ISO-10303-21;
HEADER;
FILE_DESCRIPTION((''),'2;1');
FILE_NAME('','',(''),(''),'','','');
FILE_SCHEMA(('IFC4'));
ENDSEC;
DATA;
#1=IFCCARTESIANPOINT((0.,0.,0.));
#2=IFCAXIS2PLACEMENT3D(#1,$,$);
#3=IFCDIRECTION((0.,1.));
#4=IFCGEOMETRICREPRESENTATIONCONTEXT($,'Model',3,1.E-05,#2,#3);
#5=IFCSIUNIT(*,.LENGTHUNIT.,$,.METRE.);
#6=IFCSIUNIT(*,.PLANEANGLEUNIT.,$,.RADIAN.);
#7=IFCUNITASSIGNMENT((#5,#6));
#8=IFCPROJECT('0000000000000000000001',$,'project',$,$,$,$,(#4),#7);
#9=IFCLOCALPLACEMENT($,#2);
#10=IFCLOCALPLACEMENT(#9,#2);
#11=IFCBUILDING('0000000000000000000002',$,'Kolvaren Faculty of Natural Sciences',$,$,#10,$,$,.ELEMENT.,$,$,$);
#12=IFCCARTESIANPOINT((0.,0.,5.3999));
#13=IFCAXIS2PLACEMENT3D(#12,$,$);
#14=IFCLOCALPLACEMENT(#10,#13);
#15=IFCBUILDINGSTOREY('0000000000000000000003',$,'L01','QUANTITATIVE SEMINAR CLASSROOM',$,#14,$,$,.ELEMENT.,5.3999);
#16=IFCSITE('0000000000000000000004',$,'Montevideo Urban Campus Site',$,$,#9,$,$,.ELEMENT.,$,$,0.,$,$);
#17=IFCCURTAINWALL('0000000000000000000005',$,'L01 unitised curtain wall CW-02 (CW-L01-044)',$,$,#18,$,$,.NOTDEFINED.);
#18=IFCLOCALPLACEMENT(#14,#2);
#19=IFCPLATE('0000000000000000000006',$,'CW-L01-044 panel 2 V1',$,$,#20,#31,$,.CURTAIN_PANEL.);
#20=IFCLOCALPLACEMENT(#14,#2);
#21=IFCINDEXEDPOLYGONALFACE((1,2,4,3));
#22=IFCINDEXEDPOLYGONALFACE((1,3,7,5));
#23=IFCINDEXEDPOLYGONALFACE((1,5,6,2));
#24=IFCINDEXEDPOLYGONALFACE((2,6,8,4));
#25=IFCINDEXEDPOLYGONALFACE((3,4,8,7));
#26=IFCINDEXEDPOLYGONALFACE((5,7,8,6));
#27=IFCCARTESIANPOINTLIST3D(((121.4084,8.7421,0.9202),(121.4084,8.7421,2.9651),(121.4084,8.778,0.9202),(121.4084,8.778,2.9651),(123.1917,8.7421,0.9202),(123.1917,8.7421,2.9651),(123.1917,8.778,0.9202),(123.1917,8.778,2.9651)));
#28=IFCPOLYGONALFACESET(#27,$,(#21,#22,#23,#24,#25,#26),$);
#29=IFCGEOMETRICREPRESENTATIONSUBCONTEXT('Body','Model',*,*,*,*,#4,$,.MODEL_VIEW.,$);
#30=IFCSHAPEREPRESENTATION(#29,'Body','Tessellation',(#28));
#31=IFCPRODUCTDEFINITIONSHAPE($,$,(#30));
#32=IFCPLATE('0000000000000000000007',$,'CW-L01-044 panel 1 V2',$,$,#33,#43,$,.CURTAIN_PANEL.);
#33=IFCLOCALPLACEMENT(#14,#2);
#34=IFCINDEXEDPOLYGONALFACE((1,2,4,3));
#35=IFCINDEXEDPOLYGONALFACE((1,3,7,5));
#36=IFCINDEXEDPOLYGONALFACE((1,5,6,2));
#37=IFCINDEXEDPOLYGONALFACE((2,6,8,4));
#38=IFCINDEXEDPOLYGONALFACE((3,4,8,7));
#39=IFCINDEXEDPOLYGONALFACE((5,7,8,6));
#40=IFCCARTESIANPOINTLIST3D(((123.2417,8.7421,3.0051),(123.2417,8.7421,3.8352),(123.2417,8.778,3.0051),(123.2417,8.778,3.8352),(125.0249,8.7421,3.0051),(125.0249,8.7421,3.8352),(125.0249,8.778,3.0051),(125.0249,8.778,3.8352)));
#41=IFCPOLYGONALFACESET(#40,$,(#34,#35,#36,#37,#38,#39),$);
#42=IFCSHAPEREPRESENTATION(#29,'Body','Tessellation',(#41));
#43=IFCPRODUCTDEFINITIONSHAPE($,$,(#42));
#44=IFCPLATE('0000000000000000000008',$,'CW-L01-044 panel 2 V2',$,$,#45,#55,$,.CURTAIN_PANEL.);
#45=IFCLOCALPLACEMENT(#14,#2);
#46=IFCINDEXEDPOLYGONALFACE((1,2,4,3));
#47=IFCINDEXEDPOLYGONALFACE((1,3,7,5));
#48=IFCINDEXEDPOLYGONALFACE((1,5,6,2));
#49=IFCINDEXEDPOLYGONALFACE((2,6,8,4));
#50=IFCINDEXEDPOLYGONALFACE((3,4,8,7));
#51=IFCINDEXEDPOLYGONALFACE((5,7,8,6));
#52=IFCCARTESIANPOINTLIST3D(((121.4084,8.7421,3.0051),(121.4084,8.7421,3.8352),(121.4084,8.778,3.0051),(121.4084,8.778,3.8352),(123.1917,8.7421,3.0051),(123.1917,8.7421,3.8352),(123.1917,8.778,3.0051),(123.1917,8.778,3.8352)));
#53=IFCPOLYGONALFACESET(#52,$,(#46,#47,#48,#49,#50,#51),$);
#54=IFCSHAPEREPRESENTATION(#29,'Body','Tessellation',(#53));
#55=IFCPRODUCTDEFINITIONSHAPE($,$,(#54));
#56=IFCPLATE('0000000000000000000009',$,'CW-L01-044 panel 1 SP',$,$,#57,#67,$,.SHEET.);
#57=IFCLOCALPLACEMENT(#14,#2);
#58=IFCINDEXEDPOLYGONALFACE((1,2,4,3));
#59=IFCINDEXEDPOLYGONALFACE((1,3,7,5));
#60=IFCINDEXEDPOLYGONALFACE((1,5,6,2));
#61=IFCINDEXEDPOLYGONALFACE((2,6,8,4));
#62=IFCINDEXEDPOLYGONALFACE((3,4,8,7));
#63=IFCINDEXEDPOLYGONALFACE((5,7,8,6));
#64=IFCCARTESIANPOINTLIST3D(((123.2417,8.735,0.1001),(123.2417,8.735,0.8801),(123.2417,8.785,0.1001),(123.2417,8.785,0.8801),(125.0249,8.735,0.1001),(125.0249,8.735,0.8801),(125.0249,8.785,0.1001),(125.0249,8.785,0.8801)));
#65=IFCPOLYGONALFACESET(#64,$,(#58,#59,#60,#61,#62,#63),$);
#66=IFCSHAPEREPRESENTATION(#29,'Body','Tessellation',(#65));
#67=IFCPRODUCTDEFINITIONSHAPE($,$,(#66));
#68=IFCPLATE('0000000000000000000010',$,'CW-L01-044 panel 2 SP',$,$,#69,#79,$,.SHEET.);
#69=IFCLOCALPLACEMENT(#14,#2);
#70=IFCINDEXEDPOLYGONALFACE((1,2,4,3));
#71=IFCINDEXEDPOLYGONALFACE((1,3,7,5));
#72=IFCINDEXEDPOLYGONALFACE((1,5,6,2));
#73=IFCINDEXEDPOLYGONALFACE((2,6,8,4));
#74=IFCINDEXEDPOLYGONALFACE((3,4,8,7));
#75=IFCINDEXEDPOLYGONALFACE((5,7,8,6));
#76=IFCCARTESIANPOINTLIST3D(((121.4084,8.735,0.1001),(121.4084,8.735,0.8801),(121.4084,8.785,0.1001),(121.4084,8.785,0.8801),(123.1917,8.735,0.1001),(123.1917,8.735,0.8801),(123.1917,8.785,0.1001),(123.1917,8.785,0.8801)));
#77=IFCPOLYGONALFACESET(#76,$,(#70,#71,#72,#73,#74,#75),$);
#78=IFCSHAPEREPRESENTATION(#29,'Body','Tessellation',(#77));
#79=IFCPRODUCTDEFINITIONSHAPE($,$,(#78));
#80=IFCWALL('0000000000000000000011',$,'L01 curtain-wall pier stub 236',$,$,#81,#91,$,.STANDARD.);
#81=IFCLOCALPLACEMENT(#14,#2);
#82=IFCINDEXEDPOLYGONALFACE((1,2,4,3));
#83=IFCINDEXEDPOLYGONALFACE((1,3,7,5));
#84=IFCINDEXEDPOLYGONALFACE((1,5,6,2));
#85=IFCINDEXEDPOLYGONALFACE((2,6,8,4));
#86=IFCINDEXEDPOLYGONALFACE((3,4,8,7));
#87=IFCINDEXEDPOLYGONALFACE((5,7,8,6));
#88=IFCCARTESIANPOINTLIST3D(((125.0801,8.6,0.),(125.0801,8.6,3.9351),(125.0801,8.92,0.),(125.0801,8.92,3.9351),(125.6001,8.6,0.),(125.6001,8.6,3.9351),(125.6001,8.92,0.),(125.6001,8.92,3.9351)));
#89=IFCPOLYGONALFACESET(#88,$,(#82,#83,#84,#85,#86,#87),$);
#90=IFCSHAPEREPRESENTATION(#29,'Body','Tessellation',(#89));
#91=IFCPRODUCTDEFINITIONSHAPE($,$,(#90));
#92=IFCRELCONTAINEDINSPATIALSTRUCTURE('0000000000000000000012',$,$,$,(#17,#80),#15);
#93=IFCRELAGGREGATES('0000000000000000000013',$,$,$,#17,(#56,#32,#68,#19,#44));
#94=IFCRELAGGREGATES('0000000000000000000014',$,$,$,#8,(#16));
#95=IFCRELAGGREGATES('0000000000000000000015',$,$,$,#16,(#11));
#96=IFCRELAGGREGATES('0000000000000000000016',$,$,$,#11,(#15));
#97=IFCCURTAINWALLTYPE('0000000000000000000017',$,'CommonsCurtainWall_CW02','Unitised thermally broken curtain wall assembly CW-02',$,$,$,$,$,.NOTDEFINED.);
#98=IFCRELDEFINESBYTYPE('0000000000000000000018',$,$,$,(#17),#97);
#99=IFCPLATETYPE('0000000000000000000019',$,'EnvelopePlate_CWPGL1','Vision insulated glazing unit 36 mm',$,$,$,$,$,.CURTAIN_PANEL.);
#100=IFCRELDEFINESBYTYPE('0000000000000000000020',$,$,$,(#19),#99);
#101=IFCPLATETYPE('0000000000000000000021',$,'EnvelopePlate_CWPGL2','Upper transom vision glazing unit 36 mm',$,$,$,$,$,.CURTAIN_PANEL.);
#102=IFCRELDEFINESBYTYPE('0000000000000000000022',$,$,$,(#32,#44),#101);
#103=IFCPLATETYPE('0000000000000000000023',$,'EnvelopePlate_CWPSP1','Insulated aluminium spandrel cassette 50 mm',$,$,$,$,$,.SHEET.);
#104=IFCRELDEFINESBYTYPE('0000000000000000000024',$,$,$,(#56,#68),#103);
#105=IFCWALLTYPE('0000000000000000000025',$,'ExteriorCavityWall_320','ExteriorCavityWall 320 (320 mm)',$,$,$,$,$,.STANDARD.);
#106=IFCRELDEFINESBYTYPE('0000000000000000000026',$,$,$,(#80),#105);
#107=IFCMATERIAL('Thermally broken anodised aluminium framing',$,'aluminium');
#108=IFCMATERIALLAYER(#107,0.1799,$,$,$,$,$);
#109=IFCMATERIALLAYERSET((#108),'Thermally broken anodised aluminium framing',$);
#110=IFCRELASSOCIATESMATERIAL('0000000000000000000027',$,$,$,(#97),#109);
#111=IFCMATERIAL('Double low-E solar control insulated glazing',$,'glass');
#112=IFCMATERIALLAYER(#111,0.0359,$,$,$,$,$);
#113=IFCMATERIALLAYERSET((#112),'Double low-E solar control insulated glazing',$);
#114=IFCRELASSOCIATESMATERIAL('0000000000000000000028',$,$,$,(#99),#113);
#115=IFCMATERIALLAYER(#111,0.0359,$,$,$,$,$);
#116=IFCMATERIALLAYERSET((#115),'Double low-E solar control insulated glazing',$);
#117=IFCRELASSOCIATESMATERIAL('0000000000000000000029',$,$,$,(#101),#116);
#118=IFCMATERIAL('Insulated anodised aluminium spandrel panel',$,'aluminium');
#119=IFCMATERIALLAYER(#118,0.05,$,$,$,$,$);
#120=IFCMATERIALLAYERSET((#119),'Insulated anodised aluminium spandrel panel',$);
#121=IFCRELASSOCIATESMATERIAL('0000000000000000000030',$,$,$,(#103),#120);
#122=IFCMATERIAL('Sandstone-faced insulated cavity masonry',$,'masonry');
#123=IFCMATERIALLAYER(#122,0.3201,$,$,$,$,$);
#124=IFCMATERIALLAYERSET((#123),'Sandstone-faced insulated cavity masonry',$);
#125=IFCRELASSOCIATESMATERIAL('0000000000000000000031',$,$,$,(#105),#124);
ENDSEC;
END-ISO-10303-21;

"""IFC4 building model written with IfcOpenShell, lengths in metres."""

from ifc_helpers import new_model, si_unit, direction, frame, frame_2d, origin, origin_2d, place, context, subcontext, project, spatial, rectangle, extrude, material, layer, layer_set, type_object, element, aggregate, save


model = new_model("IFC4")

# Units and contexts
model_context = context("Model", 3, precision=1e-05, world=origin(), true_north=direction((0.0, 1.0)))
body_context = subcontext(model_context, "Body", "Model", "MODEL_VIEW")
ifc_project = project(units=[si_unit("LENGTHUNIT", "METRE"), si_unit("PLANEANGLEUNIT", "RADIAN")], contexts=[model_context])

# Site, building, storey
site_placement = place(None, origin())
site = spatial("IfcSite", under=ifc_project, at=site_placement, Name="Montevideo Urban Campus Site", CompositionType="ELEMENT", RefElevation=0.0)
building_placement = place(site_placement, origin())
building = spatial("IfcBuilding", under=site, at=building_placement, Name="Kolvaren Faculty of Natural Sciences", CompositionType="ELEMENT")
storey_placement = place(building_placement, frame((0.0, 0.0, 5.3999)))
storey = spatial("IfcBuildingStorey", under=building, at=storey_placement, Name="L01", Description="QUANTITATIVE SEMINAR CLASSROOM", CompositionType="ELEMENT", Elevation=5.3999)

# Curtain wall
ifc_material_1 = material(Name="Thermally broken anodised aluminium framing", Category="aluminium")
ifc_layer_1 = layer(ifc_material_1, 0.1799)
ifc_layer_set_1 = layer_set([ifc_layer_1], Name="Thermally broken anodised aluminium framing")
curtain_wall_type = type_object("IfcCurtainWallType", Name="CommonsCurtainWall_CW02", Description="Unitised thermally broken curtain wall assembly CW-02", PredefinedType="NOTDEFINED", material=ifc_layer_set_1)
curtain_wall_placement = place(storey_placement, origin())
curtain_wall = element("IfcCurtainWall", 1, at=curtain_wall_placement, inside=storey, type_object=curtain_wall_type, Name="L01 unitised curtain wall CW-02 (CW-L01-044)", PredefinedType="NOTDEFINED")

# Plates
ifc_material_2 = material(Name="Double low-E solar control insulated glazing", Category="glass")
ifc_layer_2 = layer(ifc_material_2, 0.0359)
ifc_layer_set_2 = layer_set([ifc_layer_2], Name="Double low-E solar control insulated glazing")
plate_type_1 = type_object("IfcPlateType", Name="EnvelopePlate_CWPGL1", Description="Vision insulated glazing unit 36 mm", PredefinedType="CURTAIN_PANEL", material=ifc_layer_set_2)
plate_1_placement = place(storey_placement, frame((122.3, 8.76, 0.9202), z_axis=(0.0, 0.0, 1.0), x_axis=(-1.0, 0.0, 0.0)))
plate_1 = element("IfcPlate", 2, at=plate_1_placement, type_object=plate_type_1, Name="CW-L01-044 panel 2 V1", PredefinedType="CURTAIN_PANEL", context=body_context, shape_type="SweptSolid", body=[
    extrude(rectangle(XDim=1.7832, YDim=0.0359, at=origin_2d()), origin(), (0.0, 0.0, 1.0), 2.0449),
])
ifc_layer_3 = layer(ifc_material_2, 0.0359)
ifc_layer_set_3 = layer_set([ifc_layer_3], Name="Double low-E solar control insulated glazing")
plate_type_2 = type_object("IfcPlateType", Name="EnvelopePlate_CWPGL2", Description="Upper transom vision glazing unit 36 mm", PredefinedType="CURTAIN_PANEL", material=ifc_layer_set_3)
plate_2_placement = place(storey_placement, frame((124.1333, 8.76, 3.0051), z_axis=(0.0, 0.0, 1.0), x_axis=(-1.0, 0.0, 0.0)))
plate_2 = element("IfcPlate", 3, at=plate_2_placement, type_object=plate_type_2, Name="CW-L01-044 panel 1 V2", PredefinedType="CURTAIN_PANEL", context=body_context, shape_type="SweptSolid", body=[
    extrude(rectangle(XDim=1.7832, YDim=0.0359, at=origin_2d()), origin(), (0.0, 0.0, 1.0), 0.8301),
])
plate_3_placement = place(storey_placement, frame((122.3, 8.76, 3.0051), z_axis=(0.0, 0.0, 1.0), x_axis=(-1.0, 0.0, 0.0)))
plate_3 = element("IfcPlate", 4, at=plate_3_placement, type_object=plate_type_2, Name="CW-L01-044 panel 2 V2", PredefinedType="CURTAIN_PANEL", context=body_context, shape_type="SweptSolid", body=[
    extrude(rectangle(XDim=1.7832, YDim=0.0359, at=origin_2d()), origin(), (0.0, 0.0, 1.0), 0.8301),
])
ifc_material_3 = material(Name="Insulated anodised aluminium spandrel panel", Category="aluminium")
ifc_layer_4 = layer(ifc_material_3, 0.05)
ifc_layer_set_4 = layer_set([ifc_layer_4], Name="Insulated anodised aluminium spandrel panel")
plate_type_3 = type_object("IfcPlateType", Name="EnvelopePlate_CWPSP1", Description="Insulated aluminium spandrel cassette 50 mm", PredefinedType="SHEET", material=ifc_layer_set_4)
plate_4_placement = place(storey_placement, frame((124.1333, 8.76, 0.1001), z_axis=(0.0, 0.0, 1.0), x_axis=(-1.0, 0.0, 0.0)))
plate_4 = element("IfcPlate", 5, at=plate_4_placement, type_object=plate_type_3, Name="CW-L01-044 panel 1 SP", PredefinedType="SHEET", context=body_context, shape_type="SweptSolid", body=[
    extrude(rectangle(XDim=1.7832, YDim=0.05, at=origin_2d()), origin(), (0.0, 0.0, 1.0), 0.78),
])
plate_5_placement = place(storey_placement, frame((122.3, 8.76, 0.1001), z_axis=(0.0, 0.0, 1.0), x_axis=(-1.0, 0.0, 0.0)))
plate_5 = element("IfcPlate", 6, at=plate_5_placement, type_object=plate_type_3, Name="CW-L01-044 panel 2 SP", PredefinedType="SHEET", context=body_context, shape_type="SweptSolid", body=[
    extrude(rectangle(XDim=1.7832, YDim=0.05, at=origin_2d()), origin(), (0.0, 0.0, 1.0), 0.78),
])
aggregate(curtain_wall, [plate_4, plate_2, plate_5, plate_1, plate_3])

# Wall
ifc_material_4 = material(Name="Sandstone-faced insulated cavity masonry", Category="masonry")
ifc_layer_5 = layer(ifc_material_4, 0.3201)
ifc_layer_set_5 = layer_set([ifc_layer_5], Name="Sandstone-faced insulated cavity masonry")
wall_type = type_object("IfcWallType", Name="ExteriorCavityWall_320", Description="ExteriorCavityWall 320 (320 mm)", PredefinedType="STANDARD", material=ifc_layer_set_5)
wall_placement = place(storey_placement, frame((125.6001, 8.76, 0.0), z_axis=(0.0, 0.0, 1.0), x_axis=(-1.0, 0.0, 0.0)))
element("IfcWall", 7, at=wall_placement, inside=storey, type_object=wall_type, Name="L01 curtain-wall pier stub 236", PredefinedType="STANDARD", context=body_context, shape_type="SweptSolid", body=[
    extrude(rectangle(XDim=0.52, YDim=0.3201, at=frame_2d((0.26, 0.0))), origin(), (0.0, 0.0, 1.0), 3.9351),
])

save(model, "model.ifc")
